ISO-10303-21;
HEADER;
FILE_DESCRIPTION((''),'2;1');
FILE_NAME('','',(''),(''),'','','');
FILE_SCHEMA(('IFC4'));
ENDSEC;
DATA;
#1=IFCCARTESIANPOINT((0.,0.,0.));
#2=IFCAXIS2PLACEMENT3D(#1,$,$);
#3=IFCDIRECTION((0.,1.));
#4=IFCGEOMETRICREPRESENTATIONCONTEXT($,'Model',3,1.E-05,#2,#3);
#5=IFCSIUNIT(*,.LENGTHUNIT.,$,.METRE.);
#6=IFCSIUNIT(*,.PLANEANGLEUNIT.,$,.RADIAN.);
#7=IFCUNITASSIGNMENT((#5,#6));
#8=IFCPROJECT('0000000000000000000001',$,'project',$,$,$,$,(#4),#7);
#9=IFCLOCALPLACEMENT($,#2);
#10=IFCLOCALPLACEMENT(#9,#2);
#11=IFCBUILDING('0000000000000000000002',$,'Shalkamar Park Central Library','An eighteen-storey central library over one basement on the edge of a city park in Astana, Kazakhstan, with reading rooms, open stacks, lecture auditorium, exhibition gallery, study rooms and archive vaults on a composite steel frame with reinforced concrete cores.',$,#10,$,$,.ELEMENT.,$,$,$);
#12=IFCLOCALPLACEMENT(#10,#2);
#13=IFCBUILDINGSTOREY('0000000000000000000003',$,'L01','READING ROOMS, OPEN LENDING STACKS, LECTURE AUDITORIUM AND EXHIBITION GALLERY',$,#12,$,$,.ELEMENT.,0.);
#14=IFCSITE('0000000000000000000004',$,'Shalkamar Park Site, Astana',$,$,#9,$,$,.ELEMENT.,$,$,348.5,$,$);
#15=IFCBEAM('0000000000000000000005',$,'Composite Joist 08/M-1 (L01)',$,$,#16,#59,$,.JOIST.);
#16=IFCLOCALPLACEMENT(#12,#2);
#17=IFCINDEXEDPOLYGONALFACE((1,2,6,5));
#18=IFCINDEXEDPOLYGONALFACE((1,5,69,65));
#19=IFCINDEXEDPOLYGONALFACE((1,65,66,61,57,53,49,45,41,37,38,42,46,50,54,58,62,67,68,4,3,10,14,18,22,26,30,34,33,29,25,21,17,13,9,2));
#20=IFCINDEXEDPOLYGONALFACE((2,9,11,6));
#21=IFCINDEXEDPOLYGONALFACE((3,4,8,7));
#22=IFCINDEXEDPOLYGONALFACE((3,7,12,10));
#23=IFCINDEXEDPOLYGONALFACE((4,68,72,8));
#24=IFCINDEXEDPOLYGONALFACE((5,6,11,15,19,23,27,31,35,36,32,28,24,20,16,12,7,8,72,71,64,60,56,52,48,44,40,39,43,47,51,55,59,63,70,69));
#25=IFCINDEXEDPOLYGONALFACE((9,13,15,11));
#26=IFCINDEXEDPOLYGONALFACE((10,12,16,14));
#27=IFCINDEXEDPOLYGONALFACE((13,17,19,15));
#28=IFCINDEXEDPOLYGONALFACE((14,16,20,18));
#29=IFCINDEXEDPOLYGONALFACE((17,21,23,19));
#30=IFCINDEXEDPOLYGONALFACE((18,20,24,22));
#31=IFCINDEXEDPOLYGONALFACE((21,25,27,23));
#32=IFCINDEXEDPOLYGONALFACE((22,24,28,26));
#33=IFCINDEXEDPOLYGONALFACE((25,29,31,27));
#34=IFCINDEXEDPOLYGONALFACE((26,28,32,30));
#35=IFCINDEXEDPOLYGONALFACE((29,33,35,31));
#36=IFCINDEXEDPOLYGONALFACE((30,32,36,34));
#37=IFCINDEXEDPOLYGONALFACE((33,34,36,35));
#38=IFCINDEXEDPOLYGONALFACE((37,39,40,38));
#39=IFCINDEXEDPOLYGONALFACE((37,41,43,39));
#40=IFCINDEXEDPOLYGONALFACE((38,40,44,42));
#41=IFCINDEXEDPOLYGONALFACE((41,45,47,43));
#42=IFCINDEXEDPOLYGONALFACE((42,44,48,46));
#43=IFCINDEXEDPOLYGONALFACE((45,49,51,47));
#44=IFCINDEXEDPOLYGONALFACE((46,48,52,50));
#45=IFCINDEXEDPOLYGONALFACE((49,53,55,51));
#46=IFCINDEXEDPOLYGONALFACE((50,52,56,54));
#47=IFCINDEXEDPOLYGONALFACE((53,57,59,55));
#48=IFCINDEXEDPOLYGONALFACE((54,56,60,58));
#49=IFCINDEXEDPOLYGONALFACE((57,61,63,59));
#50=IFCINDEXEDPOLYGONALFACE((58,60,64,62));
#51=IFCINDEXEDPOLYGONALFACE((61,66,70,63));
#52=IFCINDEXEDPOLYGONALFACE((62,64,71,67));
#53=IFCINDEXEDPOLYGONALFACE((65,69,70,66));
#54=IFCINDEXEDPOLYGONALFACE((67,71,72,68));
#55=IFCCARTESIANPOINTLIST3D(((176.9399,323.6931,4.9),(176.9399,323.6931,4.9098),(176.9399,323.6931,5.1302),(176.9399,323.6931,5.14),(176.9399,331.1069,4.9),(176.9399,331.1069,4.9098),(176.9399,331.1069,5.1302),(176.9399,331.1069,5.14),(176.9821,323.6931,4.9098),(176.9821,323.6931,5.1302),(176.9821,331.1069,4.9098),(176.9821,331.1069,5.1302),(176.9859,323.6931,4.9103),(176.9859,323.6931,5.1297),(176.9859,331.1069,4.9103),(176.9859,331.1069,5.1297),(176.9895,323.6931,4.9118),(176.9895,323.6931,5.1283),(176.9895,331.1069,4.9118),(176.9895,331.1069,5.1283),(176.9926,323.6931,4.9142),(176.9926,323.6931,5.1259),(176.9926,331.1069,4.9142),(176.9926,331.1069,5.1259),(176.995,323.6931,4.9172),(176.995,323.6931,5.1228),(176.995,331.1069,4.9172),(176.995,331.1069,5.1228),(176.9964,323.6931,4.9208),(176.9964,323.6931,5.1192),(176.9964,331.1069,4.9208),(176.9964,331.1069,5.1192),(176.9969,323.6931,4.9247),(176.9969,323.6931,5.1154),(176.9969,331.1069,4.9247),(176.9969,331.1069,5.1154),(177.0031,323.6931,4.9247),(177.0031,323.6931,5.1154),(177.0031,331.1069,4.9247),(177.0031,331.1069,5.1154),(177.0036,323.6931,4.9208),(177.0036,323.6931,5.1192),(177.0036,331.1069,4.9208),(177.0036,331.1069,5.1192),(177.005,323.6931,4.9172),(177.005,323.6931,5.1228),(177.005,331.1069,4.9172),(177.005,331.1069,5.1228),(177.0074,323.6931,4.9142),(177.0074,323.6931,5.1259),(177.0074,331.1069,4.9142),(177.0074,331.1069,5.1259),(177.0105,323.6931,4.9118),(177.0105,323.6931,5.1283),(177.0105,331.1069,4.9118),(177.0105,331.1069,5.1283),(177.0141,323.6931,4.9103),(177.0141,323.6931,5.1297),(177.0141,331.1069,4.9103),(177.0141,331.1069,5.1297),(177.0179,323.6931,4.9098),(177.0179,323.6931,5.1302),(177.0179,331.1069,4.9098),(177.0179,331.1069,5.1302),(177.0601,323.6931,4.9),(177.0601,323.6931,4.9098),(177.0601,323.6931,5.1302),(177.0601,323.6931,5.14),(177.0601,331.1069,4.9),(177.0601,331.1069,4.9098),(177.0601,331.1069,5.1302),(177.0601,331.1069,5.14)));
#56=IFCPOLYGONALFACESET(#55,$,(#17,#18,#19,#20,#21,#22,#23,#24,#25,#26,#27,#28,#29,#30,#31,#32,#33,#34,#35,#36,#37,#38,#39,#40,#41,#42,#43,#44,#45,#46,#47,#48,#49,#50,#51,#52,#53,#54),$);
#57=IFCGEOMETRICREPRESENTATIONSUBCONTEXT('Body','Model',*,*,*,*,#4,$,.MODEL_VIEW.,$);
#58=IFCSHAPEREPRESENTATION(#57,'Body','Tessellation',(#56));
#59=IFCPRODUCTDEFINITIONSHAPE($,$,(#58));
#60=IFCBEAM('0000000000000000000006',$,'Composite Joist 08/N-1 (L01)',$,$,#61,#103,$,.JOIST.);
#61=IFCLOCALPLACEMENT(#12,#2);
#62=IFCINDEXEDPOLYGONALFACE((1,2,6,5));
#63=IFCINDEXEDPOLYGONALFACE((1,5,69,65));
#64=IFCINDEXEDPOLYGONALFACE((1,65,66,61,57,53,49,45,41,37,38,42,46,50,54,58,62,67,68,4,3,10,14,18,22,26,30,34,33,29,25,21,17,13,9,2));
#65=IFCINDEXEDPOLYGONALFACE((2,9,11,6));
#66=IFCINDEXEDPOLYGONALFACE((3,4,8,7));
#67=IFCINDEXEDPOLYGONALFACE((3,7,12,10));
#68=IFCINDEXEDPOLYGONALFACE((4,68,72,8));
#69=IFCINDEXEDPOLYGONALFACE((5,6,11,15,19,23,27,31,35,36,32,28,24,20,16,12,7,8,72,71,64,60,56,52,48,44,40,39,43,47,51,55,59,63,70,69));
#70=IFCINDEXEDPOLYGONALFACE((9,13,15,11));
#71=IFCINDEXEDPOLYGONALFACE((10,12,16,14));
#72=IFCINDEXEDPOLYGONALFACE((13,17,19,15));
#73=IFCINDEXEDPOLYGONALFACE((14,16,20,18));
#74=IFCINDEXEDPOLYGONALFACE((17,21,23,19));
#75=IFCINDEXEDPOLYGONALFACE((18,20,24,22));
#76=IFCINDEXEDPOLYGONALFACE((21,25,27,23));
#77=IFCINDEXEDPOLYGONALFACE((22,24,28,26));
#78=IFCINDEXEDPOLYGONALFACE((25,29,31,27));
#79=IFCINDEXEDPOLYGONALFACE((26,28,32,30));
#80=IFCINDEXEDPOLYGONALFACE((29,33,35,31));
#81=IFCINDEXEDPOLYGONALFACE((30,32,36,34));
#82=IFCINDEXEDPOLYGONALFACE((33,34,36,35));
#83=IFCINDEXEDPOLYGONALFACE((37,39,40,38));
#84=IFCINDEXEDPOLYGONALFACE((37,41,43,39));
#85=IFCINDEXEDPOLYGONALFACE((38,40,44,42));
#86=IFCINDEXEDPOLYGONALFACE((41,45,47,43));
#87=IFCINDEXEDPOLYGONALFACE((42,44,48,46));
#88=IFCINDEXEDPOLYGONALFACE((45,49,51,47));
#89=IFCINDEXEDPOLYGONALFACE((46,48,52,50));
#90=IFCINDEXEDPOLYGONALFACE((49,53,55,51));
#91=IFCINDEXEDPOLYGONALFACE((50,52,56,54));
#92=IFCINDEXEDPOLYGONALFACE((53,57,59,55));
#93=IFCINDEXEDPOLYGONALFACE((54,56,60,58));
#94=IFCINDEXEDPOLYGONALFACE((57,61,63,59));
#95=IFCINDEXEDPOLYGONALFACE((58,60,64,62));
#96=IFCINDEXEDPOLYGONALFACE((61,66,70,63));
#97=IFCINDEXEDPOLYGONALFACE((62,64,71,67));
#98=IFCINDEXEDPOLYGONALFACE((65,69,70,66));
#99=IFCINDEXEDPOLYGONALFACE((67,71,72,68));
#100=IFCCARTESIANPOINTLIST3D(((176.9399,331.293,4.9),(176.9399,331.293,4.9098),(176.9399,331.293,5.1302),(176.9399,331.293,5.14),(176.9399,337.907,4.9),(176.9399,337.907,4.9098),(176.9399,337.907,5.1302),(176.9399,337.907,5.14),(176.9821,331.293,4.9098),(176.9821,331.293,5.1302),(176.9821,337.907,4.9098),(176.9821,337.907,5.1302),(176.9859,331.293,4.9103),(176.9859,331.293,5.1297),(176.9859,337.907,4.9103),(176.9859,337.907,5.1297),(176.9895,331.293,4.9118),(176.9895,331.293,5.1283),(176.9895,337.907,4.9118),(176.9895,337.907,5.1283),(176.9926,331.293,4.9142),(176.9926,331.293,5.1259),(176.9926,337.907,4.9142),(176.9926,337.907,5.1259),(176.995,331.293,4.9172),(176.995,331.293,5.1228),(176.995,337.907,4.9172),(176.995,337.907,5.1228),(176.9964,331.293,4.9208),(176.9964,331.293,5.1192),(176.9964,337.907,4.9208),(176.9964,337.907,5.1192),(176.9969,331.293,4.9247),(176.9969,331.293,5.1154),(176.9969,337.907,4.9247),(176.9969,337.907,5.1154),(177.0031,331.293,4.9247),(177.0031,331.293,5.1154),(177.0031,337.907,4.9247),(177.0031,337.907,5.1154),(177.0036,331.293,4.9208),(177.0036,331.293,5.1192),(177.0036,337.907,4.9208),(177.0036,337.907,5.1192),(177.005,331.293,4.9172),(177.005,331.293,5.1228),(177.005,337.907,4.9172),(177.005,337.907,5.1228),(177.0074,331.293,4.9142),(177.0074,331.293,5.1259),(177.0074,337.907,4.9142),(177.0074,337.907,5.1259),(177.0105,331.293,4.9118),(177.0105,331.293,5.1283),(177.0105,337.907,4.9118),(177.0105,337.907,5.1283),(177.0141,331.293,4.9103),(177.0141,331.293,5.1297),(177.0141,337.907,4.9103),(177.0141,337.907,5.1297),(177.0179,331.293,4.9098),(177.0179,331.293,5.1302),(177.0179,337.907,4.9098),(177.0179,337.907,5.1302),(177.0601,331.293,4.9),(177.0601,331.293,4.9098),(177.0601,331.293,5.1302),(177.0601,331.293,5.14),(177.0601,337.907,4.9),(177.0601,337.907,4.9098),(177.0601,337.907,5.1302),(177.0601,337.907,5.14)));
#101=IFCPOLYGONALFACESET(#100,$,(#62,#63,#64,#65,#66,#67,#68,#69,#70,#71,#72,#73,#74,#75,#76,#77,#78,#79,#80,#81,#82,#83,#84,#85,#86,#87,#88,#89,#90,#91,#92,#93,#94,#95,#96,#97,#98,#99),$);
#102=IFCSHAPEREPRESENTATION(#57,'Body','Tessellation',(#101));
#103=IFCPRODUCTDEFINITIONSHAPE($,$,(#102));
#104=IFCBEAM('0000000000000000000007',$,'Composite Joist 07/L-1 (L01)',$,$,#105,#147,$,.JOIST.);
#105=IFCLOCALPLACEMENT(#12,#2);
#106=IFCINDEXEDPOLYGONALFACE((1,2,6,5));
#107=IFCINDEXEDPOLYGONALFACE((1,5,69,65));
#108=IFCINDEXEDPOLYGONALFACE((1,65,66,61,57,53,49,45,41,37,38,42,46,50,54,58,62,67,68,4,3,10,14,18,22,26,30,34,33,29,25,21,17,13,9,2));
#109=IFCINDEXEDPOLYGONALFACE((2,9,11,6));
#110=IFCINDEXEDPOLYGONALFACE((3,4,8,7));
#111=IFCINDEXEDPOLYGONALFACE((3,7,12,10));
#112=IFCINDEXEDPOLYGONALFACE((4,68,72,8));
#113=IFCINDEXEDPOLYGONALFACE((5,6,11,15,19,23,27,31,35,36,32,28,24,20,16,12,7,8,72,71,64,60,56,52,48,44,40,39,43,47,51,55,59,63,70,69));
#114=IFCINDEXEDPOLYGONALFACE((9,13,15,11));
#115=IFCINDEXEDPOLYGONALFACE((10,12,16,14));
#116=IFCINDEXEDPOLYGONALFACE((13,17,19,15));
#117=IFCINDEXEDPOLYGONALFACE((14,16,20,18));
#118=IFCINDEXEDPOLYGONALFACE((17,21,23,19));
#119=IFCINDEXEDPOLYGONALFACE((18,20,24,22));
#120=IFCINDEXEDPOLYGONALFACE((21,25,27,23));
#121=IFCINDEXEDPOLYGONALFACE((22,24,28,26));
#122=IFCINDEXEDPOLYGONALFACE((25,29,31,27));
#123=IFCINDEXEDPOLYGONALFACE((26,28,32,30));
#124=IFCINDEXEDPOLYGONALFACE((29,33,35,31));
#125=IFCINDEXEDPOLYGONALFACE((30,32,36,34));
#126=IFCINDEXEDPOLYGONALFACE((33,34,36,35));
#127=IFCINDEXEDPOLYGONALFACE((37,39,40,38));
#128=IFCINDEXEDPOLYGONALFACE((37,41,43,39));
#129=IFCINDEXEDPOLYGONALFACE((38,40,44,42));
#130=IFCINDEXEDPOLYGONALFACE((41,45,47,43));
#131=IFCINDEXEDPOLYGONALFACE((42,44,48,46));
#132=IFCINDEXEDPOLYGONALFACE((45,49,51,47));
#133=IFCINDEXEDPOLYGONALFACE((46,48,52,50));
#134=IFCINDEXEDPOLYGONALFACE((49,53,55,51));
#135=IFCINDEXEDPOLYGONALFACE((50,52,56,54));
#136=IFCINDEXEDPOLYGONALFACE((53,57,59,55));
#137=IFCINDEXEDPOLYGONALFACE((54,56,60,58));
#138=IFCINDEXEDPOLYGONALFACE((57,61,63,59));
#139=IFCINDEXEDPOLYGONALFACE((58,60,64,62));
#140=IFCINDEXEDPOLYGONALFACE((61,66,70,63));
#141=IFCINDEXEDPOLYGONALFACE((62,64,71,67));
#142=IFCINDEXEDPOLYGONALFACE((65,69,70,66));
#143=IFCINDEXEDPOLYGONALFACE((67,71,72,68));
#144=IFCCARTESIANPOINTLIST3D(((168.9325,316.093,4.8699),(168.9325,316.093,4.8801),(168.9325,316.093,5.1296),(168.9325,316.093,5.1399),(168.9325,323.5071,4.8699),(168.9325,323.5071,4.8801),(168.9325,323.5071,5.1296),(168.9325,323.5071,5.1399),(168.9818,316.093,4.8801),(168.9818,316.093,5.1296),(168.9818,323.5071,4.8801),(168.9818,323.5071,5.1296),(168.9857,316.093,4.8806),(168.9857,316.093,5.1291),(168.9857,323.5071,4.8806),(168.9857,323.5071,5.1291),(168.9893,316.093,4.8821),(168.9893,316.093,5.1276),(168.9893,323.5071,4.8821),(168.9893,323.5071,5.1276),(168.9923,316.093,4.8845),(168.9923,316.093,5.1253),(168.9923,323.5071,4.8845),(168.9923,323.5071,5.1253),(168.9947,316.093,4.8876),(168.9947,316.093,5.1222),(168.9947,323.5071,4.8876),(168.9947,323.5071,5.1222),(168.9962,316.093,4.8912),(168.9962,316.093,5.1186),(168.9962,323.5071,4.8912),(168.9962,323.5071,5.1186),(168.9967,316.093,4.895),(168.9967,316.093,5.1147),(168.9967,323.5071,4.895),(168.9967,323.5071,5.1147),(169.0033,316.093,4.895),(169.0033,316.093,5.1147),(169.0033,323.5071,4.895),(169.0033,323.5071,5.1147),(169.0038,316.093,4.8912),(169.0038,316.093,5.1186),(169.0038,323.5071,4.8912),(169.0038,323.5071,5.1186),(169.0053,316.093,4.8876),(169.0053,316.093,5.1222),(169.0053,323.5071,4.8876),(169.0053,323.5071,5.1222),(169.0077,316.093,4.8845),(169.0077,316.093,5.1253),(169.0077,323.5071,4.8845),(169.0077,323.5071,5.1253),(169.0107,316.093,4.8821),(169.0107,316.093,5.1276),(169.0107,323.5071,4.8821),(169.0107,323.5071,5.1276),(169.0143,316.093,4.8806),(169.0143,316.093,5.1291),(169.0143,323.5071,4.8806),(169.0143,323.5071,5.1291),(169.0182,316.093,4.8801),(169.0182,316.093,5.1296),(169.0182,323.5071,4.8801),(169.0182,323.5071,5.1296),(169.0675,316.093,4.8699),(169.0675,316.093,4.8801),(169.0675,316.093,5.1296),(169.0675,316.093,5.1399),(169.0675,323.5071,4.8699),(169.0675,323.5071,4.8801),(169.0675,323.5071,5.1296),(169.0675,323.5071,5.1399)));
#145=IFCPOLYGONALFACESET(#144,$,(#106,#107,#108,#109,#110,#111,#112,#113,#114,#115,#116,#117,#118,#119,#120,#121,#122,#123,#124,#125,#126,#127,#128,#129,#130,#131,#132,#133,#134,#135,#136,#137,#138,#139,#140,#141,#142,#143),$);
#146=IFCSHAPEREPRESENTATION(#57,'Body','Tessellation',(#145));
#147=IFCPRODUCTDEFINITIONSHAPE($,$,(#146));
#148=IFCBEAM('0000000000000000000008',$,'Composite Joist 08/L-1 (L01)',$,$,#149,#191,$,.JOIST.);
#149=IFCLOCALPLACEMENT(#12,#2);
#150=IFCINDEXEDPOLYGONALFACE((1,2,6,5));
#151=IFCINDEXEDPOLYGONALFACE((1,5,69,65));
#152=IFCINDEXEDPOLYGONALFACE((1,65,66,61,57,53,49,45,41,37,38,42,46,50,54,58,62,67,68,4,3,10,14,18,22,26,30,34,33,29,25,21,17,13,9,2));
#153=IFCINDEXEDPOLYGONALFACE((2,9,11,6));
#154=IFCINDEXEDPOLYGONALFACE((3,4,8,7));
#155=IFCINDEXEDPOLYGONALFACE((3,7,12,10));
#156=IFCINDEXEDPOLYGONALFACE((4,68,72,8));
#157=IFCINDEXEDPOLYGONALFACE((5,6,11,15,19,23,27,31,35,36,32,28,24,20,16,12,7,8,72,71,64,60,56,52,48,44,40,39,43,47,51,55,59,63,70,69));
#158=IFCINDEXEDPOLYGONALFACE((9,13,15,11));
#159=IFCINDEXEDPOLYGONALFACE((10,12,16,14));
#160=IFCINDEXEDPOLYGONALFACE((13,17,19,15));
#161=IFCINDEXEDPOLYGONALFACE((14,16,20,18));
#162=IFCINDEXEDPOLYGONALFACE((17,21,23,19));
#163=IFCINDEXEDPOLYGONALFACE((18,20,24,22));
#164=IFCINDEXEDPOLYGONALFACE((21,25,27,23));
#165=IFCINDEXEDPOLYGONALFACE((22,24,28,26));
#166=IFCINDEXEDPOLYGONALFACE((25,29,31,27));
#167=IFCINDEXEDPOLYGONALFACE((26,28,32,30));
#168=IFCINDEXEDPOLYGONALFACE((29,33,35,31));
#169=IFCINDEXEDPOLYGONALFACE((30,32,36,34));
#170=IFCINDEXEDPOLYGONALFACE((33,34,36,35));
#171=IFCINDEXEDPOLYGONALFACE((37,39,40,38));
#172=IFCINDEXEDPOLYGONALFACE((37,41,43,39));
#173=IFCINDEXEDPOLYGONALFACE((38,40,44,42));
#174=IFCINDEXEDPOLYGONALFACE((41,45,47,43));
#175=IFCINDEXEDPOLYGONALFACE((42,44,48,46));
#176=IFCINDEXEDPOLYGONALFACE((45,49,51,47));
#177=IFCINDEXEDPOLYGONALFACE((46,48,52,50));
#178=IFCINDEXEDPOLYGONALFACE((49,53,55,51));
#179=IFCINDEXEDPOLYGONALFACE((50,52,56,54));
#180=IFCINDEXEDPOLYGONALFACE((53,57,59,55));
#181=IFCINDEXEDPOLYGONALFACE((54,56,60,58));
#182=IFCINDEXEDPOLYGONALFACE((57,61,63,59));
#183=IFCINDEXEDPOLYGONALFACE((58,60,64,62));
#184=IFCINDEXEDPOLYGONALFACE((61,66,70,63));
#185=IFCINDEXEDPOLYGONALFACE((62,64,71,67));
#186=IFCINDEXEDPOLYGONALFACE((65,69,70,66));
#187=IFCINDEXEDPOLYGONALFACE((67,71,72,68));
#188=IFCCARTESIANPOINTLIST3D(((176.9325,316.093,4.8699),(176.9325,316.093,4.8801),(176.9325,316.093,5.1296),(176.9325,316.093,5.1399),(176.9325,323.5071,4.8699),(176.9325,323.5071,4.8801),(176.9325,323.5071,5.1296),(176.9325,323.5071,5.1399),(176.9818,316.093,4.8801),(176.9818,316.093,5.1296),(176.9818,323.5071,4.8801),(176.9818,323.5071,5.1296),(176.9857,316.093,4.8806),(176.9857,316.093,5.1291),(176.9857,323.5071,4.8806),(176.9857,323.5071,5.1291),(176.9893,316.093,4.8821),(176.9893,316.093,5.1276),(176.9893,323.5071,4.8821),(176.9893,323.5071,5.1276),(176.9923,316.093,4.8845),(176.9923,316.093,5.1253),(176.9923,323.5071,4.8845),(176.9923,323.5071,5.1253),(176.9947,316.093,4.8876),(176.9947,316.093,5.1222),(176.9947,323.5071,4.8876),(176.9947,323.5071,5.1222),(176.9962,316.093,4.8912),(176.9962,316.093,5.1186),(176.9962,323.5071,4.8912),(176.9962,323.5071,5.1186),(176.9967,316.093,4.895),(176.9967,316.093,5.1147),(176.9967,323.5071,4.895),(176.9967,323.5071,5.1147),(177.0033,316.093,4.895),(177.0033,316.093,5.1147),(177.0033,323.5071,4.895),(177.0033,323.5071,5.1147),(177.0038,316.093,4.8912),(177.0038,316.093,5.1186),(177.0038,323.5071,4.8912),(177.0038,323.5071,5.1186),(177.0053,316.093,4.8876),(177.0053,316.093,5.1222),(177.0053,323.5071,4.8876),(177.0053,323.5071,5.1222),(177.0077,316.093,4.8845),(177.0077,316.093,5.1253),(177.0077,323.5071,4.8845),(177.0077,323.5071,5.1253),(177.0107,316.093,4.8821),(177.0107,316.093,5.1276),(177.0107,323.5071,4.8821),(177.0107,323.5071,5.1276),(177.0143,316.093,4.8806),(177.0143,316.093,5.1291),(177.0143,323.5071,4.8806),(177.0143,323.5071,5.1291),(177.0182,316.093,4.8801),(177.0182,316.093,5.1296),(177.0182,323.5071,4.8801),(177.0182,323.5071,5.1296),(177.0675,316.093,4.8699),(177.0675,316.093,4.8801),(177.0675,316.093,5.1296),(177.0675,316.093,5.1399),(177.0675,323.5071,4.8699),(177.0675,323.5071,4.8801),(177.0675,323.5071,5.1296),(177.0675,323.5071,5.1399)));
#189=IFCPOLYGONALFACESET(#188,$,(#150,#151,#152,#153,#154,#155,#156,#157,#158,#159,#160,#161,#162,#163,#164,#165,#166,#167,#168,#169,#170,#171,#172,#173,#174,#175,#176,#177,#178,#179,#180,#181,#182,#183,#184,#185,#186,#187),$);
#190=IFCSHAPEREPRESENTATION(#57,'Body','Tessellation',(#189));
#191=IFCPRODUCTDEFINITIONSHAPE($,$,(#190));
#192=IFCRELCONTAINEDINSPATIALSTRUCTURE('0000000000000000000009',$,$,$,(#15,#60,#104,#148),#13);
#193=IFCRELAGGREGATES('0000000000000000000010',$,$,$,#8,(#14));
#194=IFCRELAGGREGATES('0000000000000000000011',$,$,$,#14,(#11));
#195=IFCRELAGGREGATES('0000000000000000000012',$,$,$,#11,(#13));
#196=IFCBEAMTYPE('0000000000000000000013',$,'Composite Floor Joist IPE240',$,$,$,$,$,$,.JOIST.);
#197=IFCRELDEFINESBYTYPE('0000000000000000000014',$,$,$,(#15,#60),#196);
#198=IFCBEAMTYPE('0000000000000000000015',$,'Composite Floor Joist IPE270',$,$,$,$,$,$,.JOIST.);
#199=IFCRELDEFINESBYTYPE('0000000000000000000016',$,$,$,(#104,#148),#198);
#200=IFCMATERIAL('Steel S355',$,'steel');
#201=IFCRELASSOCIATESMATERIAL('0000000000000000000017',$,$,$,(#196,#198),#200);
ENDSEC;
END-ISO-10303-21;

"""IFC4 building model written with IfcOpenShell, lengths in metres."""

from ifc_helpers import new_model, si_unit, direction, frame, origin, origin_2d, place, context, subcontext, project, spatial, i_section, extrude, material, material_profile, profile_set, type_object, element, save


model = new_model("IFC4")

# Units and contexts
model_context = context("Model", 3, precision=1e-05, world=origin(), true_north=direction((0.0, 1.0)))
body_context = subcontext(model_context, "Body", "Model", "MODEL_VIEW")
ifc_project = project(units=[si_unit("LENGTHUNIT", "METRE"), si_unit("PLANEANGLEUNIT", "RADIAN")], contexts=[model_context])

# Site, building, storey
site_placement = place(None, origin())
site = spatial("IfcSite", under=ifc_project, at=site_placement, Name="Shalkamar Park Site, Astana", CompositionType="ELEMENT", RefElevation=348.5)
building_placement = place(site_placement, origin())
building = spatial("IfcBuilding", under=site, at=building_placement, Name="Shalkamar Park Central Library", Description="An eighteen-storey central library over one basement on the edge of a city park in Astana, Kazakhstan, with reading rooms, open stacks, lecture auditorium, exhibition gallery, study rooms and archive vaults on a composite steel frame with reinforced concrete cores.", CompositionType="ELEMENT")
storey_placement = place(building_placement, origin())
storey = spatial("IfcBuildingStorey", under=building, at=storey_placement, Name="L01", Description="READING ROOMS, OPEN LENDING STACKS, LECTURE AUDITORIUM AND EXHIBITION GALLERY", CompositionType="ELEMENT", Elevation=0.0)

# Shared definitions
ifc_material_1 = material(Name="Steel S355", Category="steel")

# Beams
ifc_material_profile_1 = material_profile(ifc_material_1, i_section(OverallWidth=0.1201, OverallDepth=0.24, WebThickness=0.0061, FlangeThickness=0.0098, FilletRadius=0.0149, at=origin_2d()), Name="IPE 240")
ifc_profile_set_1 = profile_set([ifc_material_profile_1], Name="Steel S355")
beam_type_1 = type_object("IfcBeamType", Name="Composite Floor Joist IPE240", PredefinedType="JOIST", material=ifc_profile_set_1)
beam_1_placement = place(storey_placement, frame((177.0, 323.6931, 5.02), z_axis=(0.0, 1.0, 0.0), x_axis=(-1.0, 0.0, 0.0)))
element("IfcBeam", 1, at=beam_1_placement, inside=storey, type_object=beam_type_1, Name="Composite Joist 08/M-1 (L01)", PredefinedType="JOIST", context=body_context, shape_type="SweptSolid", body=[
    extrude(i_section(OverallWidth=0.1201, OverallDepth=0.24, WebThickness=0.0061, FlangeThickness=0.0098, FilletRadius=0.0149, at=origin_2d()), origin(), (0.0, 0.0, 1.0), 7.4138),
])
beam_2_placement = place(storey_placement, frame((177.0, 331.293, 5.02), z_axis=(0.0, 1.0, 0.0), x_axis=(-1.0, 0.0, 0.0)))
element("IfcBeam", 2, at=beam_2_placement, inside=storey, type_object=beam_type_1, Name="Composite Joist 08/N-1 (L01)", PredefinedType="JOIST", context=body_context, shape_type="SweptSolid", body=[
    extrude(i_section(OverallWidth=0.1201, OverallDepth=0.24, WebThickness=0.0061, FlangeThickness=0.0098, FilletRadius=0.0149, at=origin_2d()), origin(), (0.0, 0.0, 1.0), 6.614),
])
ifc_material_profile_2 = material_profile(ifc_material_1, i_section(OverallWidth=0.135, OverallDepth=0.27, WebThickness=0.0066, FlangeThickness=0.0103, FilletRadius=0.0149, at=origin_2d()), Name="IPE 270")
ifc_profile_set_2 = profile_set([ifc_material_profile_2], Name="Steel S355")
beam_type_2 = type_object("IfcBeamType", Name="Composite Floor Joist IPE270", PredefinedType="JOIST", material=ifc_profile_set_2)
for number, where, z_axis, x_axis, name in (
    (3, (169.0, 316.093, 5.0049), (0.0, 1.0, 0.0), (-1.0, 0.0, 0.0), "Composite Joist 07/L-1 (L01)"),
    (4, (177.0, 316.093, 5.0049), (0.0, 1.0, 0.0), (-1.0, 0.0, 0.0), "Composite Joist 08/L-1 (L01)"),
):
    element("IfcBeam", number, at=place(storey_placement, frame(where, z_axis=z_axis, x_axis=x_axis)), inside=storey, type_object=beam_type_2, Name=name, PredefinedType="JOIST", context=body_context, shape_type="SweptSolid", body=[
        extrude(i_section(OverallWidth=0.135, OverallDepth=0.27, WebThickness=0.0066, FlangeThickness=0.0103, FilletRadius=0.0149, at=origin_2d()), origin(), (0.0, 0.0, 1.0), 7.4141),
    ])

save(model, "model.ifc")
